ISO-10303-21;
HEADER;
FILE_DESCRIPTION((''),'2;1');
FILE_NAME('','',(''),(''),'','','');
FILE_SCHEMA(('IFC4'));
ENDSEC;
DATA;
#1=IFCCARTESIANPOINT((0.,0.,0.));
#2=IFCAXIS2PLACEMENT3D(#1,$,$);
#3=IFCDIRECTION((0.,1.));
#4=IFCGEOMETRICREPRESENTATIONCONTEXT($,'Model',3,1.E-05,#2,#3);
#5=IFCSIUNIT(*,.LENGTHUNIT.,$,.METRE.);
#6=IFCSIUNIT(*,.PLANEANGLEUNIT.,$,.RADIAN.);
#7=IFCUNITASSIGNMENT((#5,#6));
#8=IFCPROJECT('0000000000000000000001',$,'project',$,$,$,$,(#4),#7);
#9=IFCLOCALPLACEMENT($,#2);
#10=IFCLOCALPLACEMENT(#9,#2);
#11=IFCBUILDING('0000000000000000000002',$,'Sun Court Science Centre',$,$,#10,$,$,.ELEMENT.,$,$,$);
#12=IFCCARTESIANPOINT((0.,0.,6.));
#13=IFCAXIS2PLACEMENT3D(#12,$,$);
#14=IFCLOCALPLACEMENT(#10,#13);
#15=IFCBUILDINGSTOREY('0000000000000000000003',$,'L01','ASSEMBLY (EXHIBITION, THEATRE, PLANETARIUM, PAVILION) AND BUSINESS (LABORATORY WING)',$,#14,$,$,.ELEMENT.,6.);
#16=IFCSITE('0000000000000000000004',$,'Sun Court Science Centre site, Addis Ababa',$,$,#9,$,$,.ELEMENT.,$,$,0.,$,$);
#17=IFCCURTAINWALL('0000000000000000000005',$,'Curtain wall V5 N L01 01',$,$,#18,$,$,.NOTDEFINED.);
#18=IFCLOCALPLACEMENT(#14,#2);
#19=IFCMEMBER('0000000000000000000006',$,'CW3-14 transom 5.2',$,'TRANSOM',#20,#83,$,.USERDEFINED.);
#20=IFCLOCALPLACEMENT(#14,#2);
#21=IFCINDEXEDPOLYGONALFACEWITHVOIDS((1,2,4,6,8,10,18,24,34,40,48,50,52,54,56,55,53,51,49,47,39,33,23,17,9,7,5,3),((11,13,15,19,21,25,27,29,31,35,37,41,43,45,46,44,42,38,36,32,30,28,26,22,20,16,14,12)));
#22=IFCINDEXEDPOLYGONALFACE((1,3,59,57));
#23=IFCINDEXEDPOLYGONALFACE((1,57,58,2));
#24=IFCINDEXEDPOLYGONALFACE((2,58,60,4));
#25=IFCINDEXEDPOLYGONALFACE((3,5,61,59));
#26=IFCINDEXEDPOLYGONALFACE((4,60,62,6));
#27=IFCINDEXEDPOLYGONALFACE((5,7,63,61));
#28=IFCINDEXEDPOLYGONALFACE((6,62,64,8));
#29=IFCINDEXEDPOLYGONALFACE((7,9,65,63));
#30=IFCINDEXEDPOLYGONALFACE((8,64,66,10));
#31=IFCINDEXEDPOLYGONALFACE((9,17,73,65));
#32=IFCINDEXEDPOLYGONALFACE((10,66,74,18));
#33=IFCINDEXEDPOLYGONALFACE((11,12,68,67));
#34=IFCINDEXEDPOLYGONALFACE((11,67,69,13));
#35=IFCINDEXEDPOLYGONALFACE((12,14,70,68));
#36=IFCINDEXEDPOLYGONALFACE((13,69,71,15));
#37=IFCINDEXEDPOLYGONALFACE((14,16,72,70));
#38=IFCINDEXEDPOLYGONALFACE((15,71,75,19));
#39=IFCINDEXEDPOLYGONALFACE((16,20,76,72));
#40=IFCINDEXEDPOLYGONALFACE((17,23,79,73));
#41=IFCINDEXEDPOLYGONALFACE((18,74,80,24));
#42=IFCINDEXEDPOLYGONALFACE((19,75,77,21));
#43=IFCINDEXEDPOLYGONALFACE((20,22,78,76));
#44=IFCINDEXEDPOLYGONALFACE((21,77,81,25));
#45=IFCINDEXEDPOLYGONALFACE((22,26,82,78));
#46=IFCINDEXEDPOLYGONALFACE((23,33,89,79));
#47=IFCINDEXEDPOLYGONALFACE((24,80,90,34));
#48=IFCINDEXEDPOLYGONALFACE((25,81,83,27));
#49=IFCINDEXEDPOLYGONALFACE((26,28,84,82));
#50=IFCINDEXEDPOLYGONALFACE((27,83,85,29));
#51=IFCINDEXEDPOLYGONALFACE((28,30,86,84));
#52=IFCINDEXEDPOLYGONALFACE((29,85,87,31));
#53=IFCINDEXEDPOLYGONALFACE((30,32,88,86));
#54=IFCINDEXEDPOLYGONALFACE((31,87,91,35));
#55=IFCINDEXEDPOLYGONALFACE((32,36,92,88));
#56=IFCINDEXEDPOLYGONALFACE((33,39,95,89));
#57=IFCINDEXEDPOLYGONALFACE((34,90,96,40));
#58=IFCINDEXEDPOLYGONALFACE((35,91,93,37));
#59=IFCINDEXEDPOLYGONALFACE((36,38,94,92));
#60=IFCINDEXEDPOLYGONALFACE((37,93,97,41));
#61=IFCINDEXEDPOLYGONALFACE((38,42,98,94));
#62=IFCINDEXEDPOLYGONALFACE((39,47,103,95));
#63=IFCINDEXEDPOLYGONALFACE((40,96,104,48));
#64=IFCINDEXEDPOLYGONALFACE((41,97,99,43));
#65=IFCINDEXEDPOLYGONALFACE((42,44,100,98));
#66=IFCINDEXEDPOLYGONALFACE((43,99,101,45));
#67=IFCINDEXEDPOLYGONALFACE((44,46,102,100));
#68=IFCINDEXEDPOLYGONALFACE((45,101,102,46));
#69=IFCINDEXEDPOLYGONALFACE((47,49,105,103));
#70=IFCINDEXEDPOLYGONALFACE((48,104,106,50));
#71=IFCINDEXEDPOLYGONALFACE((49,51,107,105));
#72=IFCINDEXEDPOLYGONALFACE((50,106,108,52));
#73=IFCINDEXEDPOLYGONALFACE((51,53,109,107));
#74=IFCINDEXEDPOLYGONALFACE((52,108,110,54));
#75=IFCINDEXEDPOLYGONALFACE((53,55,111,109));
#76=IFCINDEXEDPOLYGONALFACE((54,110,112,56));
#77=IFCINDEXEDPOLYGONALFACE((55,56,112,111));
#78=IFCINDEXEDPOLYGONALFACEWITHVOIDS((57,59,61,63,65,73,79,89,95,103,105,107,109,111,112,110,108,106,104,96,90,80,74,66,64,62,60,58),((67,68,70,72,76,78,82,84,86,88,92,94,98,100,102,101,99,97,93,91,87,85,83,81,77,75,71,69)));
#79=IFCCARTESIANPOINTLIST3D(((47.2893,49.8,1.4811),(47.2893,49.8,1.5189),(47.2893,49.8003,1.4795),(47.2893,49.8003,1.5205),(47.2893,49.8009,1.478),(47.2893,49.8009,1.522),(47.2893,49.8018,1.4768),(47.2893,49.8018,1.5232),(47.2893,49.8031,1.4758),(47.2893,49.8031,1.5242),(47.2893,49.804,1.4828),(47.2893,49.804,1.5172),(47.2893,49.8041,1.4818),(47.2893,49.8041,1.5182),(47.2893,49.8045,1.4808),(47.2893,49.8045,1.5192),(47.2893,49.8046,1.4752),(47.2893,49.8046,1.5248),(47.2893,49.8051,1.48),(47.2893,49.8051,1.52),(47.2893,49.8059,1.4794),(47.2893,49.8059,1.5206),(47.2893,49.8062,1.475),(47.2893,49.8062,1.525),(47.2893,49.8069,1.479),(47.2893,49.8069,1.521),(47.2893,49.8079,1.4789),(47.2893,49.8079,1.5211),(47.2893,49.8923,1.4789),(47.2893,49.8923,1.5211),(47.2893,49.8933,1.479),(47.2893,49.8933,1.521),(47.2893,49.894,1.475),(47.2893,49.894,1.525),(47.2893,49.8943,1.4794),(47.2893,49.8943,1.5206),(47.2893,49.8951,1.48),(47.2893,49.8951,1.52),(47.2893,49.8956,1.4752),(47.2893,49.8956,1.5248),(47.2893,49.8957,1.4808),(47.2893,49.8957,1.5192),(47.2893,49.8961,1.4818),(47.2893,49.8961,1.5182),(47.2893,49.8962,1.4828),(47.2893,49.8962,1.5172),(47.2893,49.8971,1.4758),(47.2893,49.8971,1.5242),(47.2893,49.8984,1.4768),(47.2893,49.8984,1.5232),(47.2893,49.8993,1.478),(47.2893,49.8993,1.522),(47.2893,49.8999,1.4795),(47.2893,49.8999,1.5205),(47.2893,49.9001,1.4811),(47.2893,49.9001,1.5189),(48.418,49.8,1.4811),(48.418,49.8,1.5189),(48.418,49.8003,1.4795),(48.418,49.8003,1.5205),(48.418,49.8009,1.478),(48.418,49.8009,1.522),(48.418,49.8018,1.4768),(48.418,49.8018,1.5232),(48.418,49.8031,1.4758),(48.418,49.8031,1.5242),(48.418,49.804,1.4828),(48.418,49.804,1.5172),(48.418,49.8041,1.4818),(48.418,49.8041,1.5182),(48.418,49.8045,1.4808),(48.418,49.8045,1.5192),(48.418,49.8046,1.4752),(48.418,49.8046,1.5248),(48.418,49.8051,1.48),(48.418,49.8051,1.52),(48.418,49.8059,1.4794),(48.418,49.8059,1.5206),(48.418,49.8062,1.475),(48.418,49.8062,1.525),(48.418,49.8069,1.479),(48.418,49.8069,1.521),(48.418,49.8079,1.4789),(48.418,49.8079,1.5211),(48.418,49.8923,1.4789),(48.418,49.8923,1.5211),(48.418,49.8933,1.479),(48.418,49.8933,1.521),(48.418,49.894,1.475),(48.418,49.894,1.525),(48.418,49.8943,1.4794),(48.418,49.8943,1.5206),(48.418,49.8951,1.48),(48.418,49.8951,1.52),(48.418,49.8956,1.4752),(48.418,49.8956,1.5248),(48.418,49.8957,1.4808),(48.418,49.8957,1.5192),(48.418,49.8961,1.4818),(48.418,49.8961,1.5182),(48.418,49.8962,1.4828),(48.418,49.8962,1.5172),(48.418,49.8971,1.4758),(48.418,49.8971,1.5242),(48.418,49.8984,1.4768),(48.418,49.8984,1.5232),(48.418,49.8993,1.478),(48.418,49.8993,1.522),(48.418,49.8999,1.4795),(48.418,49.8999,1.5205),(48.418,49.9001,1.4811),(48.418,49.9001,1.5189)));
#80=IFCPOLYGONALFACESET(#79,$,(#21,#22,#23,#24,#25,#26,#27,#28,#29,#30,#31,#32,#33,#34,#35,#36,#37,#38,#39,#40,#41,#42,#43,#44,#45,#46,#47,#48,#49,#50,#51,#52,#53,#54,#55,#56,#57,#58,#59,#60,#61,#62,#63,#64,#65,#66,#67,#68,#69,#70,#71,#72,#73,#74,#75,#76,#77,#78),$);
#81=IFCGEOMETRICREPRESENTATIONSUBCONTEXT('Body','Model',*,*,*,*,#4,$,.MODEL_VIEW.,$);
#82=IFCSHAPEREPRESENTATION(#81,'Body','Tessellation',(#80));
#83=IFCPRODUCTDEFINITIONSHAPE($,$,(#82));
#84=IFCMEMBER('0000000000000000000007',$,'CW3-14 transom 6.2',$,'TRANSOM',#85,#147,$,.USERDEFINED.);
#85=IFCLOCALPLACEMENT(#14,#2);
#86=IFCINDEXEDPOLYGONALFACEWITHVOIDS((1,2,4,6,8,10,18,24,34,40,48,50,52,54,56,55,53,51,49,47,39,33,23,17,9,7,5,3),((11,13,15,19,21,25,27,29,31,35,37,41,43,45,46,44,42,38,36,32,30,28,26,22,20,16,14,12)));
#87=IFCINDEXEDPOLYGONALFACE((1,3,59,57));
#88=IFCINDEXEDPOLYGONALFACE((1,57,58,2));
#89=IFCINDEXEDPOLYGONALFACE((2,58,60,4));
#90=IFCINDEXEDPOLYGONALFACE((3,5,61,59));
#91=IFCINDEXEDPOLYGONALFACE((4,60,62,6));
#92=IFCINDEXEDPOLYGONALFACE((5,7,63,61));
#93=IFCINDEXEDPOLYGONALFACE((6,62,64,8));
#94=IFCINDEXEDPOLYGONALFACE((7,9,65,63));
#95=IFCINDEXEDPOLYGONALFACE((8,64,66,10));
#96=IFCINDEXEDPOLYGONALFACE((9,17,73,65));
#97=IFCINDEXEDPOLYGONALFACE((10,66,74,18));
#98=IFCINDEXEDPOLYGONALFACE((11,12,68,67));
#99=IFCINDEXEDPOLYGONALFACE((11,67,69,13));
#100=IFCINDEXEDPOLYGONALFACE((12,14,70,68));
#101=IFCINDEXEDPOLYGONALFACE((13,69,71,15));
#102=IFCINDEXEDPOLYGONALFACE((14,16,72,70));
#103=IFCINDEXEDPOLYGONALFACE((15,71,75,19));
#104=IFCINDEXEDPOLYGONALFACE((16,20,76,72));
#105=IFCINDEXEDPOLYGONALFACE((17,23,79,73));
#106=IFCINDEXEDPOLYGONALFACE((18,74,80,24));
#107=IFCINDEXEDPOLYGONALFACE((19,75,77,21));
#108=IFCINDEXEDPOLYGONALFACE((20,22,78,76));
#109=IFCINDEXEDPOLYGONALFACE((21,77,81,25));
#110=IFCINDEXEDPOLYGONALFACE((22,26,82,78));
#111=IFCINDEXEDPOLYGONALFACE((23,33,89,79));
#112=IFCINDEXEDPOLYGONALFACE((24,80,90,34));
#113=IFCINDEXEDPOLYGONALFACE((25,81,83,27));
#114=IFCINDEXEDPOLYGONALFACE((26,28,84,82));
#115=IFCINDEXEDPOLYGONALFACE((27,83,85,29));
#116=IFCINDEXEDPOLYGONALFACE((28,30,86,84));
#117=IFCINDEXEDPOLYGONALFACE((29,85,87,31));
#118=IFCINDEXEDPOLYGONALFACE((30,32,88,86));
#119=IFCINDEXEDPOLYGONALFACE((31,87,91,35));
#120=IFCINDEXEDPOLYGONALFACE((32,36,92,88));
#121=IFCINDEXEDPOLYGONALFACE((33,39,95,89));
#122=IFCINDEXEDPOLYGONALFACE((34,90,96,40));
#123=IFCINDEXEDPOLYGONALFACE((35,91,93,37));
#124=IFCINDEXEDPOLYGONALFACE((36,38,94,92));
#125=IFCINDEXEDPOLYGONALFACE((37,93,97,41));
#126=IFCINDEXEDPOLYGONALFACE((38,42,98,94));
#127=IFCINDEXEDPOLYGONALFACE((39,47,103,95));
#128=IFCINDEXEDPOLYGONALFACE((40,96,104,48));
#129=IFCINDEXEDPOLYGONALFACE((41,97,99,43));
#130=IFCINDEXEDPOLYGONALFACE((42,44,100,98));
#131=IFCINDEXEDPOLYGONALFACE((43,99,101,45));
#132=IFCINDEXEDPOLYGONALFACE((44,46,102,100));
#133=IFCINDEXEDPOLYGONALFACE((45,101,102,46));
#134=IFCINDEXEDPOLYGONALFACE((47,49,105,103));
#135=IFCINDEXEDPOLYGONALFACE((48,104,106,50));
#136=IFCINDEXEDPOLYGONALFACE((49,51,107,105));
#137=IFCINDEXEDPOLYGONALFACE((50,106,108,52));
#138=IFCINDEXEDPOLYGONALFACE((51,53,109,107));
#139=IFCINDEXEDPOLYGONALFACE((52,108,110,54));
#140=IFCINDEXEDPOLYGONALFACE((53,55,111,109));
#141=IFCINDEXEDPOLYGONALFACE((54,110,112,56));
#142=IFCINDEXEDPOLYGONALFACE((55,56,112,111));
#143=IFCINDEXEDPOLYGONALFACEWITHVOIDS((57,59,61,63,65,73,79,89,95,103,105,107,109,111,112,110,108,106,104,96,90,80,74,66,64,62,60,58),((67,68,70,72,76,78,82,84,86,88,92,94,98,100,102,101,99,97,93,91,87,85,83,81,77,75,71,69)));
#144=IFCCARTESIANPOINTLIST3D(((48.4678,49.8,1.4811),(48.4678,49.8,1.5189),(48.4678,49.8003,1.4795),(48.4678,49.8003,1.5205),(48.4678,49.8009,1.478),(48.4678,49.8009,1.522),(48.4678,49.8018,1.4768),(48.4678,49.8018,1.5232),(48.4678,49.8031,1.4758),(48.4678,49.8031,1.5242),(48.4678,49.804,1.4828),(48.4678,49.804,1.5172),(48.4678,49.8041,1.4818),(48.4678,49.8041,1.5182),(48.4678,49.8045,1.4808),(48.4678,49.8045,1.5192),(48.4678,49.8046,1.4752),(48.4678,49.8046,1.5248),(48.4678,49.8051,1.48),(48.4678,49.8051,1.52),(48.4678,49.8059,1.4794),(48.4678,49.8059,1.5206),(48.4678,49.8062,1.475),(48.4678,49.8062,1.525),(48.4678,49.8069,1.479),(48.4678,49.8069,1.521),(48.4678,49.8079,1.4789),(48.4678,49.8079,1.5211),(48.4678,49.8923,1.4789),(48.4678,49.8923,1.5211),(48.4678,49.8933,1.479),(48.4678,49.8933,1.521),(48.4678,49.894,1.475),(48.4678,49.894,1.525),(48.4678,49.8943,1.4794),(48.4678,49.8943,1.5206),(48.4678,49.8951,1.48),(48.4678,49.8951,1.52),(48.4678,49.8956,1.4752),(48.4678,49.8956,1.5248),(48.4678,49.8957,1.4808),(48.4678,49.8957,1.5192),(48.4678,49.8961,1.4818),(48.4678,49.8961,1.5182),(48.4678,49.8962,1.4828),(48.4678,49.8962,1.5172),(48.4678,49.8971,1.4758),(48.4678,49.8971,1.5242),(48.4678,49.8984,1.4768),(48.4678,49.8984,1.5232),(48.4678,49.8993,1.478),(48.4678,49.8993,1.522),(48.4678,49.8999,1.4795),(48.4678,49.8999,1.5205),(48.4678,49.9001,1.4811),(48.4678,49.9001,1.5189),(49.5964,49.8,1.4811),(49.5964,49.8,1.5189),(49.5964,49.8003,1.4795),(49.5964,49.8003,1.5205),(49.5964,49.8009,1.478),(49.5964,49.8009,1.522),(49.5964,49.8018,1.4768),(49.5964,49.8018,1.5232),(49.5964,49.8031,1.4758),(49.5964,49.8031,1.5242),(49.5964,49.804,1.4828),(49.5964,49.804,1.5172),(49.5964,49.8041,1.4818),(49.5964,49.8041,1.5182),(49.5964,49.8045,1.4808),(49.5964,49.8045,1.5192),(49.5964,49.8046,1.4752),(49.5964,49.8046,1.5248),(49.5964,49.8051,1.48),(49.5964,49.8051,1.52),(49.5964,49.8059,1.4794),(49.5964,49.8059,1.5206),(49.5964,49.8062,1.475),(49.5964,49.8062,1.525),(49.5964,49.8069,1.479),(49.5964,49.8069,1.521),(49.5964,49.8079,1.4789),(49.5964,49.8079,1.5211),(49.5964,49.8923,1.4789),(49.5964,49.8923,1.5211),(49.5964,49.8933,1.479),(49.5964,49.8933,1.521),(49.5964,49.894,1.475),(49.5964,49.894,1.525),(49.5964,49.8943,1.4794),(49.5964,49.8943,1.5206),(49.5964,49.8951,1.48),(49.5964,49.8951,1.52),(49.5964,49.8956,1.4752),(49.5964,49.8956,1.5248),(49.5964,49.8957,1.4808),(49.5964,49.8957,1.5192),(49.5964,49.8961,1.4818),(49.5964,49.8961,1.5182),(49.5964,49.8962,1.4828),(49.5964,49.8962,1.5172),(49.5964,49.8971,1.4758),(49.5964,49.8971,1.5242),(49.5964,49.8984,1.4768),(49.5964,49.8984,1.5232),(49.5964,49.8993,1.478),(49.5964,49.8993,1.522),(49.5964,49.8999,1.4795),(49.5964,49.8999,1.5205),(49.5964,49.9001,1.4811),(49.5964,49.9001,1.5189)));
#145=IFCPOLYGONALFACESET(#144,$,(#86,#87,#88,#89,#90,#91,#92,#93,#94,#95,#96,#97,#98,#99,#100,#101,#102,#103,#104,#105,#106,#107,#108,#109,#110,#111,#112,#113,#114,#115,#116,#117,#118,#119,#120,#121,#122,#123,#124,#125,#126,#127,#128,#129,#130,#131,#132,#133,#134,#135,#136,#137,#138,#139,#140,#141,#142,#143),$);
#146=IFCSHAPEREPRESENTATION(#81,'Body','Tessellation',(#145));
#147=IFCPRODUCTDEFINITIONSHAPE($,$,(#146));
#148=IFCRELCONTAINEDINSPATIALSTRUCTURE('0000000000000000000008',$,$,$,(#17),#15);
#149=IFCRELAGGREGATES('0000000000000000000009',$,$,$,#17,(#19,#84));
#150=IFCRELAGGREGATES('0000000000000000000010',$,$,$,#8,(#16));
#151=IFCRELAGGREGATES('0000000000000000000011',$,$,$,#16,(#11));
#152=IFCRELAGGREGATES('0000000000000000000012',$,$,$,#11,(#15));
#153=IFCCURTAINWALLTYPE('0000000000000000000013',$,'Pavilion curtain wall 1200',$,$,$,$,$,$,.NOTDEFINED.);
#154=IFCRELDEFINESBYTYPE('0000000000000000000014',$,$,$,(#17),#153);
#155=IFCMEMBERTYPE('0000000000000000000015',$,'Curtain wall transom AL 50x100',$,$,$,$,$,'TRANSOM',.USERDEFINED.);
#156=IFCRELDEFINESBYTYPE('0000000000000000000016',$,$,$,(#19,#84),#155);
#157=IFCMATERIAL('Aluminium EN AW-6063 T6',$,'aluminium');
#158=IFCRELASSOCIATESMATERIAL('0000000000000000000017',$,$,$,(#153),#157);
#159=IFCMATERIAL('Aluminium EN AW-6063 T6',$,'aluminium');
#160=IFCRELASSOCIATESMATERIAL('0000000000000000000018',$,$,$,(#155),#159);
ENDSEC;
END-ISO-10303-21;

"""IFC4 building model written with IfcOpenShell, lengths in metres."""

from ifc_helpers import new_model, si_unit, direction, frame, origin, origin_2d, place, context, subcontext, project, spatial, hollow_rectangle, extrude, material, material_profile, profile_set, type_object, element, aggregate, save


model = new_model("IFC4")

# Units and contexts
model_context = context("Model", 3, precision=1e-05, world=origin(), true_north=direction((0.0, 1.0)))
body_context = subcontext(model_context, "Body", "Model", "MODEL_VIEW")
ifc_project = project(units=[si_unit("LENGTHUNIT", "METRE"), si_unit("PLANEANGLEUNIT", "RADIAN")], contexts=[model_context])

# Site, building, storey
site_placement = place(None, origin())
site = spatial("IfcSite", under=ifc_project, at=site_placement, Name="Sun Court Science Centre site, Addis Ababa", CompositionType="ELEMENT", RefElevation=0.0)
building_placement = place(site_placement, origin())
building = spatial("IfcBuilding", under=site, at=building_placement, Name="Sun Court Science Centre", CompositionType="ELEMENT")
storey_placement = place(building_placement, frame((0.0, 0.0, 6.0)))
storey = spatial("IfcBuildingStorey", under=building, at=storey_placement, Name="L01", Description="ASSEMBLY (EXHIBITION, THEATRE, PLANETARIUM, PAVILION) AND BUSINESS (LABORATORY WING)", CompositionType="ELEMENT", Elevation=6.0)

# Curtain wall, members
ifc_material_1 = material(Name="Aluminium EN AW-6063 T6", Category="aluminium")
curtain_wall_type = type_object("IfcCurtainWallType", Name="Pavilion curtain wall 1200", PredefinedType="NOTDEFINED", material=ifc_material_1)
curtain_wall_placement = place(storey_placement, origin())
curtain_wall = element("IfcCurtainWall", 1, at=curtain_wall_placement, inside=storey, type_object=curtain_wall_type, Name="Curtain wall V5 N L01 01", PredefinedType="NOTDEFINED")
ifc_material_2 = material(Name="Aluminium EN AW-6063 T6", Category="aluminium")
ifc_material_profile_1 = material_profile(ifc_material_2, hollow_rectangle(XDim=0.05, YDim=0.1001, WallThickness=0.0039, InnerFilletRadius=0.0039, OuterFilletRadius=0.0061, at=origin_2d()), Name="AL 50x100x4")
ifc_profile_set_1 = profile_set([ifc_material_profile_1], Name="Aluminium EN AW-6063 T6")
member_type_1 = type_object("IfcMemberType", Name="Curtain wall transom AL 50x100", ElementType="TRANSOM", PredefinedType="USERDEFINED", material=ifc_profile_set_1)
member_1_placement = place(storey_placement, frame((47.2893, 49.8501, 1.5), z_axis=(1.0, 0.0, 0.0), x_axis=(0.0, 0.0, 1.0)))
member_1 = element("IfcMember", 2, at=member_1_placement, type_object=member_type_1, Name="CW3-14 transom 5.2", ObjectType="TRANSOM", PredefinedType="USERDEFINED", context=body_context, shape_type="SweptSolid", body=[
    extrude(hollow_rectangle(XDim=0.05, YDim=0.1001, WallThickness=0.0039, InnerFilletRadius=0.0039, OuterFilletRadius=0.0061, at=origin_2d()), origin(), (0.0, 0.0, 1.0), 1.1287),
])
member_2_placement = place(storey_placement, frame((48.4678, 49.8501, 1.5), z_axis=(1.0, 0.0, 0.0), x_axis=(0.0, 0.0, 1.0)))
member_2 = element("IfcMember", 3, at=member_2_placement, type_object=member_type_1, Name="CW3-14 transom 6.2", ObjectType="TRANSOM", PredefinedType="USERDEFINED", context=body_context, shape_type="SweptSolid", body=[
    extrude(hollow_rectangle(XDim=0.05, YDim=0.1001, WallThickness=0.0039, InnerFilletRadius=0.0039, OuterFilletRadius=0.0061, at=origin_2d()), origin(), (0.0, 0.0, 1.0), 1.1287),
])
aggregate(curtain_wall, [member_1, member_2])

save(model, "model.ifc")
